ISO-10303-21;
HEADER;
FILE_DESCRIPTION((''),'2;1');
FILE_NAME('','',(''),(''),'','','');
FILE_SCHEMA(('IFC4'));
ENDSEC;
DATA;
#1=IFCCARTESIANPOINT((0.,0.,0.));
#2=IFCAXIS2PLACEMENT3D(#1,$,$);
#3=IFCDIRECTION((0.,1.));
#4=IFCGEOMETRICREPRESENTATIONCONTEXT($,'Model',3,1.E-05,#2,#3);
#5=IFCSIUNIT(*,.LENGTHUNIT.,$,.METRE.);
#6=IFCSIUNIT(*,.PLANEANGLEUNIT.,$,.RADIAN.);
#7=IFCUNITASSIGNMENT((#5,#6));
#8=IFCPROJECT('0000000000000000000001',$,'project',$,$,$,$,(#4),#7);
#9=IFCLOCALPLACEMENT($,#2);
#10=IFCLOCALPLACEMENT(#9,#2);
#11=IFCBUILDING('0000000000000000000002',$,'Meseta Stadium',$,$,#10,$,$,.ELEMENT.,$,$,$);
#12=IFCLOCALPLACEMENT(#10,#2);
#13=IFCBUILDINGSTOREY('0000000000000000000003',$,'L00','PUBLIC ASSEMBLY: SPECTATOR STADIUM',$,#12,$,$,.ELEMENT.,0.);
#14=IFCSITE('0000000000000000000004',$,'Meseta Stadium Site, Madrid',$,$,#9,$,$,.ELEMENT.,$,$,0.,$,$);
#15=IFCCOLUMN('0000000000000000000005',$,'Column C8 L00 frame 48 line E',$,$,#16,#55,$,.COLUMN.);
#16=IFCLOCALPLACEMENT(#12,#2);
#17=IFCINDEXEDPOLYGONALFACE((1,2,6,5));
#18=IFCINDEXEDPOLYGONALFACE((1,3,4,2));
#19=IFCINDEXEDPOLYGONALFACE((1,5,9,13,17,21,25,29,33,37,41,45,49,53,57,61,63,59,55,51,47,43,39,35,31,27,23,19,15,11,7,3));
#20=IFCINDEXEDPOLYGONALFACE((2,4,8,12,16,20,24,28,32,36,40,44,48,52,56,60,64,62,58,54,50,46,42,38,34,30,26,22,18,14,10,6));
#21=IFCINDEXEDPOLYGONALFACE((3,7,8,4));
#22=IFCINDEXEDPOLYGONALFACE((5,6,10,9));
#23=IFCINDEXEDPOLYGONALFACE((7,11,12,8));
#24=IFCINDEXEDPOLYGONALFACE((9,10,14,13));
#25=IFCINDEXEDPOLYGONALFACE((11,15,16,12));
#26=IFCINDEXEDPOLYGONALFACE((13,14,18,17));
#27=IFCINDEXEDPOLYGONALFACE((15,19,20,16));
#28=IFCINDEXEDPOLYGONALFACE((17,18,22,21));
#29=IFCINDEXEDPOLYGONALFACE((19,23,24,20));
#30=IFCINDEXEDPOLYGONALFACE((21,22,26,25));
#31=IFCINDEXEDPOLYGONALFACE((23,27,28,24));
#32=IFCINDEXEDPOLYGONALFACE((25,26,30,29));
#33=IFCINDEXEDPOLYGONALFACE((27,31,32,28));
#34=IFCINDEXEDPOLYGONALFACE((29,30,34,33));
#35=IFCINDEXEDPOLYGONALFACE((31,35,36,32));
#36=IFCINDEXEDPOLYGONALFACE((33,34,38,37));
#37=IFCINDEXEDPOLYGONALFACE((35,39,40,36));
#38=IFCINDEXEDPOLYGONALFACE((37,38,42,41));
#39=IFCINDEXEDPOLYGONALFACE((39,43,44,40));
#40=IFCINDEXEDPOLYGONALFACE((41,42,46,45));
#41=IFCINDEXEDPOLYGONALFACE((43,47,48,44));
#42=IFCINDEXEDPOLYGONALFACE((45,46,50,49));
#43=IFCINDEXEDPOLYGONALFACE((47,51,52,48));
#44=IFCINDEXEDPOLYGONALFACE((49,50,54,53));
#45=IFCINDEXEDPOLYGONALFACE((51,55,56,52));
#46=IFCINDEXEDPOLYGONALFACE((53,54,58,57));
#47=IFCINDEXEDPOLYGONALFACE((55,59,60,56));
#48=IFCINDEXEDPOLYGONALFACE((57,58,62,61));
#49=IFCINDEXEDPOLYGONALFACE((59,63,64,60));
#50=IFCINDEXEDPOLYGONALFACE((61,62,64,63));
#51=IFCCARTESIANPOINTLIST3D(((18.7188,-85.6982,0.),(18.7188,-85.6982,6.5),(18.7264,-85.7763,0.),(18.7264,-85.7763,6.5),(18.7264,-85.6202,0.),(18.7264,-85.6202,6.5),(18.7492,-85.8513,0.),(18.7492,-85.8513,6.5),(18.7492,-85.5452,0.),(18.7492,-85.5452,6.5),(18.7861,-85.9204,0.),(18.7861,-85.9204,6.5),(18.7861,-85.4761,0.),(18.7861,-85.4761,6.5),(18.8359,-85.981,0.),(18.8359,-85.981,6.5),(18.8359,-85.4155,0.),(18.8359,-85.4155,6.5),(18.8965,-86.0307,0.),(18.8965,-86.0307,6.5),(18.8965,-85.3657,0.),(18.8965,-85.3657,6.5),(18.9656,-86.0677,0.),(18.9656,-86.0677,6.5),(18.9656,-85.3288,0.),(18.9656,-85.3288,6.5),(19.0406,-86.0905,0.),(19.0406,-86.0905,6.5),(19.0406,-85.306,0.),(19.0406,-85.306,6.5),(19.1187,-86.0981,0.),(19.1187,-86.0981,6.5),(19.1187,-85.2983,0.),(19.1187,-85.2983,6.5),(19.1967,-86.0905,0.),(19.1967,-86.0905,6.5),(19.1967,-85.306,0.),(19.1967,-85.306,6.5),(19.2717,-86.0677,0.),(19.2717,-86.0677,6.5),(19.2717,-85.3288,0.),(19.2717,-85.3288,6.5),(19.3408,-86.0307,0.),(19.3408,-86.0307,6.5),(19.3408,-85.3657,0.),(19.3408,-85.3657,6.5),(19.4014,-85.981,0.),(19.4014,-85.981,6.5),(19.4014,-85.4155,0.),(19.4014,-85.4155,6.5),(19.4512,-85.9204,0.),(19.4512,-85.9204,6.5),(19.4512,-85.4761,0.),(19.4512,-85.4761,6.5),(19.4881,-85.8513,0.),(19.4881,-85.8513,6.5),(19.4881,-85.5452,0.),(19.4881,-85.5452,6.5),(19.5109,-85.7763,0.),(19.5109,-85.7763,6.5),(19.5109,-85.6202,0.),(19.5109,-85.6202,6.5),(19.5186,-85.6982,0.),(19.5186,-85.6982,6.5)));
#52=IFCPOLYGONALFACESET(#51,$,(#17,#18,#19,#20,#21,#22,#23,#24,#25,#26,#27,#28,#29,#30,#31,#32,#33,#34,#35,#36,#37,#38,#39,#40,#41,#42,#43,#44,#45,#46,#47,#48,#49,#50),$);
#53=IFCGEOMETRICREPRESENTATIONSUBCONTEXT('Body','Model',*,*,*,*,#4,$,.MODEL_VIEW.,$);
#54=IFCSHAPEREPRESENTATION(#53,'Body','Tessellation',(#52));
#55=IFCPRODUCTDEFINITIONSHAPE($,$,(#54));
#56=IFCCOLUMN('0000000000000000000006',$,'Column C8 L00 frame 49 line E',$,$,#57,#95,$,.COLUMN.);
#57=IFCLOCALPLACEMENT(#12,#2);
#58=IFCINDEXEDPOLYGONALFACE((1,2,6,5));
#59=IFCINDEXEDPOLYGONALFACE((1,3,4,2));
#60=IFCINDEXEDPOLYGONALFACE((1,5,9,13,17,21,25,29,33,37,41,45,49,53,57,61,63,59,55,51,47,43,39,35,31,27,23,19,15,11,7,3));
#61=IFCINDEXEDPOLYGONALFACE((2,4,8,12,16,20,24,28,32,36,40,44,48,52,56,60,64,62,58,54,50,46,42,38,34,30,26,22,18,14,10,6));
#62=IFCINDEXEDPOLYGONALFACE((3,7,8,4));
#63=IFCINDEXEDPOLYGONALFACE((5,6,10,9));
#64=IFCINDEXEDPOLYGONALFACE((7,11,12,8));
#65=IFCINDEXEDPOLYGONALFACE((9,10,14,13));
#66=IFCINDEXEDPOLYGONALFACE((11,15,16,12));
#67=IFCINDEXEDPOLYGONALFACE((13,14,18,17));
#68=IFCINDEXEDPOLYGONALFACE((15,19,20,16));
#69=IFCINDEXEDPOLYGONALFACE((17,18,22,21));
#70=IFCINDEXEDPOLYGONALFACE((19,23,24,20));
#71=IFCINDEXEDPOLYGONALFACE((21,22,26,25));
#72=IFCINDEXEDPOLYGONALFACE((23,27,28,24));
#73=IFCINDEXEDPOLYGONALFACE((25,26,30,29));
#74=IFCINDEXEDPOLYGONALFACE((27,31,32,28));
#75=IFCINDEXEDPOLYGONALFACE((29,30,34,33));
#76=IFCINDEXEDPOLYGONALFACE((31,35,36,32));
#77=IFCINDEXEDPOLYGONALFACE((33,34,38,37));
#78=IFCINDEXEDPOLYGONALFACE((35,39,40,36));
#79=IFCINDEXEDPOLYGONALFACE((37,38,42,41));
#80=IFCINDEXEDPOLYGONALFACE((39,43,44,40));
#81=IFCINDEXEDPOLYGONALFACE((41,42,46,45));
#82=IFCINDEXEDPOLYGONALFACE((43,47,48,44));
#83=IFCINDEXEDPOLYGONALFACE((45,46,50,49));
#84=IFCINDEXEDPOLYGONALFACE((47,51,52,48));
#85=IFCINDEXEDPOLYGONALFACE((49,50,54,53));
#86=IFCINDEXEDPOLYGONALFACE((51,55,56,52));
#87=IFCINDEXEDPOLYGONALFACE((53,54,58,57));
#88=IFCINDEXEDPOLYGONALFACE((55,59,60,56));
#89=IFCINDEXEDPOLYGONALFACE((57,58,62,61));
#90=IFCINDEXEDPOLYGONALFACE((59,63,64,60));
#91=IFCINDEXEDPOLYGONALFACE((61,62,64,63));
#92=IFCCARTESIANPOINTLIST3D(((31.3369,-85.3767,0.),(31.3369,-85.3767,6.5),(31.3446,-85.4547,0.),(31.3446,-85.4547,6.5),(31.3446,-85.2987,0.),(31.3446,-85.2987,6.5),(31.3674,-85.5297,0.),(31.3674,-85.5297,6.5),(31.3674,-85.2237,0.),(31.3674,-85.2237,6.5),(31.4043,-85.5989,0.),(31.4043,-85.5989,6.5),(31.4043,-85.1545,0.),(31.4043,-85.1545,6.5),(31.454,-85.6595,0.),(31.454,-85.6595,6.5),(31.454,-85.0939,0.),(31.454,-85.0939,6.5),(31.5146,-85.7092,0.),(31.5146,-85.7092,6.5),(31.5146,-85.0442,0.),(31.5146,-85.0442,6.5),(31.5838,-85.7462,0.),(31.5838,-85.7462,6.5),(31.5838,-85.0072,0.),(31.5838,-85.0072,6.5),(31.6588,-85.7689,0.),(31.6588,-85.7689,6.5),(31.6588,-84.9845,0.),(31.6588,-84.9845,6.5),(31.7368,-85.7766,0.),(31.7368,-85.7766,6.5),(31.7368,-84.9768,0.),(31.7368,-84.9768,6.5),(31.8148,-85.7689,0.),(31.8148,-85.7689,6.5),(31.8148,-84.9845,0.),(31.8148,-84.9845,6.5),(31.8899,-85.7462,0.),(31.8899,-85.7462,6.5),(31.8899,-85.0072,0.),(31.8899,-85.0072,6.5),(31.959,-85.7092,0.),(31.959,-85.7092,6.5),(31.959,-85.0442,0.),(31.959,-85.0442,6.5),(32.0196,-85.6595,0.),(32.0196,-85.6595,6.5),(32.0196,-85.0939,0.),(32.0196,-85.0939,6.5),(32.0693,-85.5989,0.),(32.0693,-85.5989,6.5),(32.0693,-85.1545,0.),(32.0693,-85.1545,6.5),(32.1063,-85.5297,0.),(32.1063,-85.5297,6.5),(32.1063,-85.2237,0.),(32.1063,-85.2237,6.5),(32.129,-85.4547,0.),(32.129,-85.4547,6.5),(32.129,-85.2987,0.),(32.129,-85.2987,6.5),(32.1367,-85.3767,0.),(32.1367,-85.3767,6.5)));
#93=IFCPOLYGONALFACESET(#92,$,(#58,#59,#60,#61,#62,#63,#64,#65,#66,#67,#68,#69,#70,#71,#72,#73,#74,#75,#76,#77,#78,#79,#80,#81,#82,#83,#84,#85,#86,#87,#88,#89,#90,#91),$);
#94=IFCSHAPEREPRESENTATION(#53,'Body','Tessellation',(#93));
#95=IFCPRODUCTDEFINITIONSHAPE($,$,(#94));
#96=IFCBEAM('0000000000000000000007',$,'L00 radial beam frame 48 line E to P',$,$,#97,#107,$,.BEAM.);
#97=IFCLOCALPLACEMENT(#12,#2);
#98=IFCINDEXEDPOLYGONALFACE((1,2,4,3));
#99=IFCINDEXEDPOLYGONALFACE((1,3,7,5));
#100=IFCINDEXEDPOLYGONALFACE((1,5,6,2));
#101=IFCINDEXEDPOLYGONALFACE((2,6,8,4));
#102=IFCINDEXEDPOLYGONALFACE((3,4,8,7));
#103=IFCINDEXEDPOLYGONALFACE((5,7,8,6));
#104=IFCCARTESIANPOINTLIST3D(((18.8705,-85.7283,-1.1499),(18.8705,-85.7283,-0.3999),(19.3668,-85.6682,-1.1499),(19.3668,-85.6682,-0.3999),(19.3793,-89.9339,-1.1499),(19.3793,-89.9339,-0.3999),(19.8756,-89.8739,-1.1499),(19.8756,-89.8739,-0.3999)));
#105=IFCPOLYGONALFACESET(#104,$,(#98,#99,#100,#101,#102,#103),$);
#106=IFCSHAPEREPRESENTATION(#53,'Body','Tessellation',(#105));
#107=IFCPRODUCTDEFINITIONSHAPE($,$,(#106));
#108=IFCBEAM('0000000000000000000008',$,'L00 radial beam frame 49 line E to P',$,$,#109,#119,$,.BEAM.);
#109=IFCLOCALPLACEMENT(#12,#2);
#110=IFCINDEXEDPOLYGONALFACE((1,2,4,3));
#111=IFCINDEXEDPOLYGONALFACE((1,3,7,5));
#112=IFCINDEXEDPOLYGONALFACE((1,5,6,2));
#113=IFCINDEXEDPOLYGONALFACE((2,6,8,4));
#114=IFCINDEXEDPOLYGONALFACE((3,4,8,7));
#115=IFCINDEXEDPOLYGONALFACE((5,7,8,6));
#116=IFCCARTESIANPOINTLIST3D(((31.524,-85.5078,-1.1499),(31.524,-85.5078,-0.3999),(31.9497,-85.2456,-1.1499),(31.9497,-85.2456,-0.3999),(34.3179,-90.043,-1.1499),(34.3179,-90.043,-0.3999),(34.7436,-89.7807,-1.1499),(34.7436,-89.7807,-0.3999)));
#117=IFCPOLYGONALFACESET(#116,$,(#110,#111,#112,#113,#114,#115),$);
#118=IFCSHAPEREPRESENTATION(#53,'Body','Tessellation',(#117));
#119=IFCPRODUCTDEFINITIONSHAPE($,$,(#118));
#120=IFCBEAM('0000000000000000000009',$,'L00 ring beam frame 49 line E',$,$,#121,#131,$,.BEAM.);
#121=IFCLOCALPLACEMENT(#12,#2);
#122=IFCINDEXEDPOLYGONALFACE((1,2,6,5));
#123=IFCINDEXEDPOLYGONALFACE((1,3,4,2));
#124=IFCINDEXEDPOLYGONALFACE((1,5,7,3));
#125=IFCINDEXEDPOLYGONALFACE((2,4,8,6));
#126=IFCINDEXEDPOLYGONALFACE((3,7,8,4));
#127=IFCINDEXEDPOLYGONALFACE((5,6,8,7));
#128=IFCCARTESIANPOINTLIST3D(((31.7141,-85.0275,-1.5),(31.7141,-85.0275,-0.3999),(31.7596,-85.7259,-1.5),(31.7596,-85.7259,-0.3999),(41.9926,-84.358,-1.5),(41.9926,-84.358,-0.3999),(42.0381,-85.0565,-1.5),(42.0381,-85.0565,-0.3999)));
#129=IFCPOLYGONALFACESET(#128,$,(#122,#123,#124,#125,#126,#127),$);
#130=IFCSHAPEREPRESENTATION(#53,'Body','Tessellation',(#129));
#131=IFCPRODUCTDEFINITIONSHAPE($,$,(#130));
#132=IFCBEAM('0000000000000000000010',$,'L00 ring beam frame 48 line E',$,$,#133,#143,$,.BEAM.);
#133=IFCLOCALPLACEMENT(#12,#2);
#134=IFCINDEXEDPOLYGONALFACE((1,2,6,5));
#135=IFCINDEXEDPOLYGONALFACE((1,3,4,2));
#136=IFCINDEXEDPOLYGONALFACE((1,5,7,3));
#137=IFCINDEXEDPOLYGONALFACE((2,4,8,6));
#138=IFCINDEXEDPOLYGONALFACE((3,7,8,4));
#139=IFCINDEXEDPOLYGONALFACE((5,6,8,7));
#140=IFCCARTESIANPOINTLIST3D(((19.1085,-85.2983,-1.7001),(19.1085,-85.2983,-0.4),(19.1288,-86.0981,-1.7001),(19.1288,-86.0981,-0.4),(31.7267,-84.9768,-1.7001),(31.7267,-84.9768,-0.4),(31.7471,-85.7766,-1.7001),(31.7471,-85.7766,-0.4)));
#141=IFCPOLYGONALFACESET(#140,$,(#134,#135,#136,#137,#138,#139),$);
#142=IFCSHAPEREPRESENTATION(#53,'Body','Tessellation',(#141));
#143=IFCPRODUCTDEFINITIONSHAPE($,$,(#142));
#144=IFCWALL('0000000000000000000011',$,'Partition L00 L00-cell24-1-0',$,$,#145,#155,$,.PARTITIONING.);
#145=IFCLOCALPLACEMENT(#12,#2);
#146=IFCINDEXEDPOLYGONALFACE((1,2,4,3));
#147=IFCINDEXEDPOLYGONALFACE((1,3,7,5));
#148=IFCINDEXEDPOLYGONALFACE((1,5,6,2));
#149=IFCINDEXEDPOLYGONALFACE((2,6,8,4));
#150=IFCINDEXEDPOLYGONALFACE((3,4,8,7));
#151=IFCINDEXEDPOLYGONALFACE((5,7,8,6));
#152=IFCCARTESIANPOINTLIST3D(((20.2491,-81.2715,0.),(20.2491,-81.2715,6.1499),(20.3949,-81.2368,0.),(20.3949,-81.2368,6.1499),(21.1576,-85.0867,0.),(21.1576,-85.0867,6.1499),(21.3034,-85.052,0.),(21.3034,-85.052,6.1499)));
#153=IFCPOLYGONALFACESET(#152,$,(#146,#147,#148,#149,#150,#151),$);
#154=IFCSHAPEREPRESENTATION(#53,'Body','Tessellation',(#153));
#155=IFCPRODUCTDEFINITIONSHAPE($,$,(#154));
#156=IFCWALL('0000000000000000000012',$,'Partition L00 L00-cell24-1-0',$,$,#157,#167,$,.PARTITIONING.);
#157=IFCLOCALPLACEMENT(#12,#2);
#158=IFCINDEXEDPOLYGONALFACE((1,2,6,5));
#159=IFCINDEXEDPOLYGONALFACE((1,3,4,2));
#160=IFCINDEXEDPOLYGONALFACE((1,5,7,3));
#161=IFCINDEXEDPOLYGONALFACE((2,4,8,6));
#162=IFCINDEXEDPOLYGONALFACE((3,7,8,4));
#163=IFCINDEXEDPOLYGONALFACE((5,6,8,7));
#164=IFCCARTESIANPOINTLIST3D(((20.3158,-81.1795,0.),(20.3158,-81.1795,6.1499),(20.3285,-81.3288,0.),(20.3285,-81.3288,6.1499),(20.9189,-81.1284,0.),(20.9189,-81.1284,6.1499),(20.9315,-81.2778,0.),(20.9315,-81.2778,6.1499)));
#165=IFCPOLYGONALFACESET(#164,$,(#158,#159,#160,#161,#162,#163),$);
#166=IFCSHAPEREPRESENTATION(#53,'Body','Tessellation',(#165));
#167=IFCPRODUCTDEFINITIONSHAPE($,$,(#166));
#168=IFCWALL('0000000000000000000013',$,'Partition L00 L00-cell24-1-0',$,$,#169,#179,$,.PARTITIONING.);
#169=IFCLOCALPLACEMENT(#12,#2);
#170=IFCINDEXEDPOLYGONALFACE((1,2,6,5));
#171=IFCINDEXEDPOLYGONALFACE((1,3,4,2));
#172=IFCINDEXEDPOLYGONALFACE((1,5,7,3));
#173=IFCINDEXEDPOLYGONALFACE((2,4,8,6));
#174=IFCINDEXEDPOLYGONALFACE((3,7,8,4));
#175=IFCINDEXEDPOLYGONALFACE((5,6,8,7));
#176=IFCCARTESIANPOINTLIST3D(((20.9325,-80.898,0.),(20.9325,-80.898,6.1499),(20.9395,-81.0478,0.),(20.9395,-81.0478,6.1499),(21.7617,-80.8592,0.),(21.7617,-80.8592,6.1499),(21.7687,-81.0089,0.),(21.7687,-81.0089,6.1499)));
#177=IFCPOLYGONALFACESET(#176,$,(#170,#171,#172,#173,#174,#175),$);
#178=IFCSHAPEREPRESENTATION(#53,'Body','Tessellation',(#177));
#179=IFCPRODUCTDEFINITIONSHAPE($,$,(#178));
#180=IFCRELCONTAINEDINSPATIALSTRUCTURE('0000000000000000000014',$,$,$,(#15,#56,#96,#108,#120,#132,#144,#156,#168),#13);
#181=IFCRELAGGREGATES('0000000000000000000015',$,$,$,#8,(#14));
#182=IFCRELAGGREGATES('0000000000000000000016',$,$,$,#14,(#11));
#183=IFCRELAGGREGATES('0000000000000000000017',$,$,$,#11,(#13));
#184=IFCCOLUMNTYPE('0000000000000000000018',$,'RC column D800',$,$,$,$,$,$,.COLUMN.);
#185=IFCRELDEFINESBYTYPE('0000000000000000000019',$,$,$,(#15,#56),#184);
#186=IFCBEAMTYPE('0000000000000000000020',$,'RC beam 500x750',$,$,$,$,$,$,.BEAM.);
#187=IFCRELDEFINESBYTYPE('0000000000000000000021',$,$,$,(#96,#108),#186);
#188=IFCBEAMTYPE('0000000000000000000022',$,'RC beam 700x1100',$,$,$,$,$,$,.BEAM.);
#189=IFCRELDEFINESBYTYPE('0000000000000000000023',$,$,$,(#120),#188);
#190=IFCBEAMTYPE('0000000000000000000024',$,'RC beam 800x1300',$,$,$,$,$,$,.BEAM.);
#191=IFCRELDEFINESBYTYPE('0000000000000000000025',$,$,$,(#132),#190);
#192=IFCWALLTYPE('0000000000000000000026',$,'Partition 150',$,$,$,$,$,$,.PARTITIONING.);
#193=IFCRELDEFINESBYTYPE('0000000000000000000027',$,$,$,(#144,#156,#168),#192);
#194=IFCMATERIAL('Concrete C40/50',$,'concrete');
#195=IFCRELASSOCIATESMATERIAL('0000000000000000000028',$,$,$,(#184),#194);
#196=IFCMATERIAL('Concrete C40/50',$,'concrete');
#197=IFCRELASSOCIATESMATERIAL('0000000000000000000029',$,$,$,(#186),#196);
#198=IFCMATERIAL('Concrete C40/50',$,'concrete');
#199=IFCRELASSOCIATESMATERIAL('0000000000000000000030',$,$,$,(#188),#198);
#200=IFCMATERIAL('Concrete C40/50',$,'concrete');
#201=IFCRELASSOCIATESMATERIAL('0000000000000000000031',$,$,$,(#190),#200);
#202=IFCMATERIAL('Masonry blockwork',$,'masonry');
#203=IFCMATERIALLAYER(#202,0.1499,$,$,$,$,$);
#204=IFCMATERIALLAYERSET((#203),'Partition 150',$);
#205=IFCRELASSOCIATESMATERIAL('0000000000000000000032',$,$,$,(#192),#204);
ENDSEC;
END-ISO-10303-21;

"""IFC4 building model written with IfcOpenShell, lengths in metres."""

from ifc_helpers import new_model, si_unit, direction, frame, frame_2d, origin, origin_2d, place, context, subcontext, project, spatial, rectangle, circle, extrude, material, layer, layer_set, material_profile, profile_set, type_object, element, save


model = new_model("IFC4")

# Units and contexts
model_context = context("Model", 3, precision=1e-05, world=origin(), true_north=direction((0.0, 1.0)))
body_context = subcontext(model_context, "Body", "Model", "MODEL_VIEW")
ifc_project = project(units=[si_unit("LENGTHUNIT", "METRE"), si_unit("PLANEANGLEUNIT", "RADIAN")], contexts=[model_context])

# Site, building, storey
site_placement = place(None, origin())
site = spatial("IfcSite", under=ifc_project, at=site_placement, Name="Meseta Stadium Site, Madrid", CompositionType="ELEMENT", RefElevation=0.0)
building_placement = place(site_placement, origin())
building = spatial("IfcBuilding", under=site, at=building_placement, Name="Meseta Stadium", CompositionType="ELEMENT")
storey_placement = place(building_placement, origin())
storey = spatial("IfcBuildingStorey", under=building, at=storey_placement, Name="L00", Description="PUBLIC ASSEMBLY: SPECTATOR STADIUM", CompositionType="ELEMENT", Elevation=0.0)

# Columns
ifc_material_1 = material(Name="Concrete C40/50", Category="concrete")
ifc_material_profile_1 = material_profile(ifc_material_1, circle(Radius=0.3999, at=origin_2d()), Name="RC D800")
ifc_profile_set_1 = profile_set([ifc_material_profile_1], Name="Concrete C40/50")
column_type = type_object("IfcColumnType", Name="RC column D800", PredefinedType="COLUMN", material=ifc_profile_set_1)
for number, where, z_axis, x_axis, name in (
    (1, (19.1187, -85.6982, 0.0), (0.0, 0.0, 1.0), (1.0, 0.0, 0.0), "Column C8 L00 frame 48 line E"),
    (2, (31.7368, -85.3767, 0.0), (0.0, 0.0, 1.0), (1.0, 0.0, 0.0), "Column C8 L00 frame 49 line E"),
):
    element("IfcColumn", number, at=place(storey_placement, frame(where, z_axis=z_axis, x_axis=x_axis)), inside=storey, type_object=column_type, Name=name, PredefinedType="COLUMN", context=body_context, shape_type="SweptSolid", body=[
        extrude(circle(Radius=0.3999, at=origin_2d()), origin(), (0.0, 0.0, 1.0), 6.5),
    ])

# Beams
ifc_material_2 = material(Name="Concrete C40/50", Category="concrete")
ifc_material_profile_2 = material_profile(ifc_material_2, rectangle(XDim=0.5, YDim=0.75, at=origin_2d()), Name="RC 500x750")
ifc_profile_set_2 = profile_set([ifc_material_profile_2], Name="Concrete C40/50")
beam_type_1 = type_object("IfcBeamType", Name="RC beam 500x750", PredefinedType="BEAM", material=ifc_profile_set_2)
beam_1_placement = place(storey_placement, frame((19.1187, -85.6982, -0.7749), z_axis=(0.120104, -0.992761, 0.0), x_axis=(0.992761, 0.120104, 0.0)))
element("IfcBeam", 3, at=beam_1_placement, inside=storey, type_object=beam_type_1, Name="L00 radial beam frame 48 line E to P", PredefinedType="BEAM", context=body_context, shape_type="SweptSolid", body=[
    extrude(rectangle(XDim=0.5, YDim=0.75, at=origin_2d()), origin(), (0.0, 0.0, 1.0), 4.2363),
])
beam_2_placement = place(storey_placement, frame((31.7368, -85.3767, -0.7749), z_axis=(0.524517, -0.8514, 0.0), x_axis=(0.8514, 0.524517, 0.0)))
element("IfcBeam", 4, at=beam_2_placement, inside=storey, type_object=beam_type_1, Name="L00 radial beam frame 49 line E to P", PredefinedType="BEAM", context=body_context, shape_type="SweptSolid", body=[
    extrude(rectangle(XDim=0.5, YDim=0.75, at=origin_2d()), origin(), (0.0, 0.0, 1.0), 5.3267),
])
ifc_material_3 = material(Name="Concrete C40/50", Category="concrete")
ifc_material_profile_3 = material_profile(ifc_material_3, rectangle(XDim=0.7, YDim=1.1001, at=origin_2d()), Name="RC 700x1100")
ifc_profile_set_3 = profile_set([ifc_material_profile_3], Name="Concrete C40/50")
beam_type_2 = type_object("IfcBeamType", Name="RC beam 700x1100", PredefinedType="BEAM", material=ifc_profile_set_3)
beam_3_placement = place(storey_placement, frame((31.7368, -85.3767, -0.95), z_axis=(0.997886, 0.064991, 0.0), x_axis=(-0.064991, 0.997886, 0.0)))
element("IfcBeam", 5, at=beam_3_placement, inside=storey, type_object=beam_type_2, Name="L00 ring beam frame 49 line E", PredefinedType="BEAM", context=body_context, shape_type="SweptSolid", body=[
    extrude(rectangle(XDim=0.7, YDim=1.1001, at=origin_2d()), origin(), (0.0, 0.0, 1.0), 10.3003),
])
ifc_material_4 = material(Name="Concrete C40/50", Category="concrete")
ifc_material_profile_4 = material_profile(ifc_material_4, rectangle(XDim=0.8, YDim=1.3, at=origin_2d()), Name="RC 800x1300")
ifc_profile_set_4 = profile_set([ifc_material_profile_4], Name="Concrete C40/50")
beam_type_3 = type_object("IfcBeamType", Name="RC beam 800x1300", PredefinedType="BEAM", material=ifc_profile_set_4)
beam_4_placement = place(storey_placement, frame((19.1187, -85.6982, -1.05), z_axis=(0.999675, 0.025474, 0.0), x_axis=(-0.025474, 0.999675, 0.0)))
element("IfcBeam", 6, at=beam_4_placement, inside=storey, type_object=beam_type_3, Name="L00 ring beam frame 48 line E", PredefinedType="BEAM", context=body_context, shape_type="SweptSolid", body=[
    extrude(rectangle(XDim=0.8, YDim=1.3, at=origin_2d()), origin(), (0.0, 0.0, 1.0), 12.6223),
])

# Walls
ifc_material_5 = material(Name="Masonry blockwork", Category="masonry")
ifc_layer = layer(ifc_material_5, 0.1499)
ifc_layer_set = layer_set([ifc_layer], Name="Partition 150")
wall_type = type_object("IfcWallType", Name="Partition 150", PredefinedType="PARTITIONING", material=ifc_layer_set)
wall_1_placement = place(storey_placement, frame((21.2305, -85.0693, 0.0), z_axis=(0.0, 0.0, 1.0), x_axis=(-0.231637, 0.972802, 0.0)))
element("IfcWall", 7, at=wall_1_placement, inside=storey, type_object=wall_type, Name="Partition L00 L00-cell24-1-0", PredefinedType="PARTITIONING", context=body_context, shape_type="SweptSolid", body=[
    extrude(rectangle(XDim=3.9219, YDim=0.1499, at=frame_2d((1.9609, 0.0))), origin(), (0.0, 0.0, 1.0), 6.1499),
])
wall_2_placement = place(storey_placement, frame((20.322, -81.2542, 0.0), z_axis=(0.0, 0.0, 1.0), x_axis=(0.996439, 0.084314, 0.0)))
element("IfcWall", 8, at=wall_2_placement, inside=storey, type_object=wall_type, Name="Partition L00 L00-cell24-1-0", PredefinedType="PARTITIONING", context=body_context, shape_type="SweptSolid", body=[
    extrude(rectangle(XDim=0.6052, YDim=0.1499, at=frame_2d((0.3027, 0.0))), origin(), (0.0, 0.0, 1.0), 6.1499),
])
wall_3_placement = place(storey_placement, frame((20.936, -80.9729, 0.0), z_axis=(0.0, 0.0, 1.0), x_axis=(0.998906, 0.046769, 0.0)))
element("IfcWall", 9, at=wall_3_placement, inside=storey, type_object=wall_type, Name="Partition L00 L00-cell24-1-0", PredefinedType="PARTITIONING", context=body_context, shape_type="SweptSolid", body=[
    extrude(rectangle(XDim=0.8301, YDim=0.1499, at=frame_2d((0.415, 0.0))), origin(), (0.0, 0.0, 1.0), 6.1499),
])

save(model, "model.ifc")
